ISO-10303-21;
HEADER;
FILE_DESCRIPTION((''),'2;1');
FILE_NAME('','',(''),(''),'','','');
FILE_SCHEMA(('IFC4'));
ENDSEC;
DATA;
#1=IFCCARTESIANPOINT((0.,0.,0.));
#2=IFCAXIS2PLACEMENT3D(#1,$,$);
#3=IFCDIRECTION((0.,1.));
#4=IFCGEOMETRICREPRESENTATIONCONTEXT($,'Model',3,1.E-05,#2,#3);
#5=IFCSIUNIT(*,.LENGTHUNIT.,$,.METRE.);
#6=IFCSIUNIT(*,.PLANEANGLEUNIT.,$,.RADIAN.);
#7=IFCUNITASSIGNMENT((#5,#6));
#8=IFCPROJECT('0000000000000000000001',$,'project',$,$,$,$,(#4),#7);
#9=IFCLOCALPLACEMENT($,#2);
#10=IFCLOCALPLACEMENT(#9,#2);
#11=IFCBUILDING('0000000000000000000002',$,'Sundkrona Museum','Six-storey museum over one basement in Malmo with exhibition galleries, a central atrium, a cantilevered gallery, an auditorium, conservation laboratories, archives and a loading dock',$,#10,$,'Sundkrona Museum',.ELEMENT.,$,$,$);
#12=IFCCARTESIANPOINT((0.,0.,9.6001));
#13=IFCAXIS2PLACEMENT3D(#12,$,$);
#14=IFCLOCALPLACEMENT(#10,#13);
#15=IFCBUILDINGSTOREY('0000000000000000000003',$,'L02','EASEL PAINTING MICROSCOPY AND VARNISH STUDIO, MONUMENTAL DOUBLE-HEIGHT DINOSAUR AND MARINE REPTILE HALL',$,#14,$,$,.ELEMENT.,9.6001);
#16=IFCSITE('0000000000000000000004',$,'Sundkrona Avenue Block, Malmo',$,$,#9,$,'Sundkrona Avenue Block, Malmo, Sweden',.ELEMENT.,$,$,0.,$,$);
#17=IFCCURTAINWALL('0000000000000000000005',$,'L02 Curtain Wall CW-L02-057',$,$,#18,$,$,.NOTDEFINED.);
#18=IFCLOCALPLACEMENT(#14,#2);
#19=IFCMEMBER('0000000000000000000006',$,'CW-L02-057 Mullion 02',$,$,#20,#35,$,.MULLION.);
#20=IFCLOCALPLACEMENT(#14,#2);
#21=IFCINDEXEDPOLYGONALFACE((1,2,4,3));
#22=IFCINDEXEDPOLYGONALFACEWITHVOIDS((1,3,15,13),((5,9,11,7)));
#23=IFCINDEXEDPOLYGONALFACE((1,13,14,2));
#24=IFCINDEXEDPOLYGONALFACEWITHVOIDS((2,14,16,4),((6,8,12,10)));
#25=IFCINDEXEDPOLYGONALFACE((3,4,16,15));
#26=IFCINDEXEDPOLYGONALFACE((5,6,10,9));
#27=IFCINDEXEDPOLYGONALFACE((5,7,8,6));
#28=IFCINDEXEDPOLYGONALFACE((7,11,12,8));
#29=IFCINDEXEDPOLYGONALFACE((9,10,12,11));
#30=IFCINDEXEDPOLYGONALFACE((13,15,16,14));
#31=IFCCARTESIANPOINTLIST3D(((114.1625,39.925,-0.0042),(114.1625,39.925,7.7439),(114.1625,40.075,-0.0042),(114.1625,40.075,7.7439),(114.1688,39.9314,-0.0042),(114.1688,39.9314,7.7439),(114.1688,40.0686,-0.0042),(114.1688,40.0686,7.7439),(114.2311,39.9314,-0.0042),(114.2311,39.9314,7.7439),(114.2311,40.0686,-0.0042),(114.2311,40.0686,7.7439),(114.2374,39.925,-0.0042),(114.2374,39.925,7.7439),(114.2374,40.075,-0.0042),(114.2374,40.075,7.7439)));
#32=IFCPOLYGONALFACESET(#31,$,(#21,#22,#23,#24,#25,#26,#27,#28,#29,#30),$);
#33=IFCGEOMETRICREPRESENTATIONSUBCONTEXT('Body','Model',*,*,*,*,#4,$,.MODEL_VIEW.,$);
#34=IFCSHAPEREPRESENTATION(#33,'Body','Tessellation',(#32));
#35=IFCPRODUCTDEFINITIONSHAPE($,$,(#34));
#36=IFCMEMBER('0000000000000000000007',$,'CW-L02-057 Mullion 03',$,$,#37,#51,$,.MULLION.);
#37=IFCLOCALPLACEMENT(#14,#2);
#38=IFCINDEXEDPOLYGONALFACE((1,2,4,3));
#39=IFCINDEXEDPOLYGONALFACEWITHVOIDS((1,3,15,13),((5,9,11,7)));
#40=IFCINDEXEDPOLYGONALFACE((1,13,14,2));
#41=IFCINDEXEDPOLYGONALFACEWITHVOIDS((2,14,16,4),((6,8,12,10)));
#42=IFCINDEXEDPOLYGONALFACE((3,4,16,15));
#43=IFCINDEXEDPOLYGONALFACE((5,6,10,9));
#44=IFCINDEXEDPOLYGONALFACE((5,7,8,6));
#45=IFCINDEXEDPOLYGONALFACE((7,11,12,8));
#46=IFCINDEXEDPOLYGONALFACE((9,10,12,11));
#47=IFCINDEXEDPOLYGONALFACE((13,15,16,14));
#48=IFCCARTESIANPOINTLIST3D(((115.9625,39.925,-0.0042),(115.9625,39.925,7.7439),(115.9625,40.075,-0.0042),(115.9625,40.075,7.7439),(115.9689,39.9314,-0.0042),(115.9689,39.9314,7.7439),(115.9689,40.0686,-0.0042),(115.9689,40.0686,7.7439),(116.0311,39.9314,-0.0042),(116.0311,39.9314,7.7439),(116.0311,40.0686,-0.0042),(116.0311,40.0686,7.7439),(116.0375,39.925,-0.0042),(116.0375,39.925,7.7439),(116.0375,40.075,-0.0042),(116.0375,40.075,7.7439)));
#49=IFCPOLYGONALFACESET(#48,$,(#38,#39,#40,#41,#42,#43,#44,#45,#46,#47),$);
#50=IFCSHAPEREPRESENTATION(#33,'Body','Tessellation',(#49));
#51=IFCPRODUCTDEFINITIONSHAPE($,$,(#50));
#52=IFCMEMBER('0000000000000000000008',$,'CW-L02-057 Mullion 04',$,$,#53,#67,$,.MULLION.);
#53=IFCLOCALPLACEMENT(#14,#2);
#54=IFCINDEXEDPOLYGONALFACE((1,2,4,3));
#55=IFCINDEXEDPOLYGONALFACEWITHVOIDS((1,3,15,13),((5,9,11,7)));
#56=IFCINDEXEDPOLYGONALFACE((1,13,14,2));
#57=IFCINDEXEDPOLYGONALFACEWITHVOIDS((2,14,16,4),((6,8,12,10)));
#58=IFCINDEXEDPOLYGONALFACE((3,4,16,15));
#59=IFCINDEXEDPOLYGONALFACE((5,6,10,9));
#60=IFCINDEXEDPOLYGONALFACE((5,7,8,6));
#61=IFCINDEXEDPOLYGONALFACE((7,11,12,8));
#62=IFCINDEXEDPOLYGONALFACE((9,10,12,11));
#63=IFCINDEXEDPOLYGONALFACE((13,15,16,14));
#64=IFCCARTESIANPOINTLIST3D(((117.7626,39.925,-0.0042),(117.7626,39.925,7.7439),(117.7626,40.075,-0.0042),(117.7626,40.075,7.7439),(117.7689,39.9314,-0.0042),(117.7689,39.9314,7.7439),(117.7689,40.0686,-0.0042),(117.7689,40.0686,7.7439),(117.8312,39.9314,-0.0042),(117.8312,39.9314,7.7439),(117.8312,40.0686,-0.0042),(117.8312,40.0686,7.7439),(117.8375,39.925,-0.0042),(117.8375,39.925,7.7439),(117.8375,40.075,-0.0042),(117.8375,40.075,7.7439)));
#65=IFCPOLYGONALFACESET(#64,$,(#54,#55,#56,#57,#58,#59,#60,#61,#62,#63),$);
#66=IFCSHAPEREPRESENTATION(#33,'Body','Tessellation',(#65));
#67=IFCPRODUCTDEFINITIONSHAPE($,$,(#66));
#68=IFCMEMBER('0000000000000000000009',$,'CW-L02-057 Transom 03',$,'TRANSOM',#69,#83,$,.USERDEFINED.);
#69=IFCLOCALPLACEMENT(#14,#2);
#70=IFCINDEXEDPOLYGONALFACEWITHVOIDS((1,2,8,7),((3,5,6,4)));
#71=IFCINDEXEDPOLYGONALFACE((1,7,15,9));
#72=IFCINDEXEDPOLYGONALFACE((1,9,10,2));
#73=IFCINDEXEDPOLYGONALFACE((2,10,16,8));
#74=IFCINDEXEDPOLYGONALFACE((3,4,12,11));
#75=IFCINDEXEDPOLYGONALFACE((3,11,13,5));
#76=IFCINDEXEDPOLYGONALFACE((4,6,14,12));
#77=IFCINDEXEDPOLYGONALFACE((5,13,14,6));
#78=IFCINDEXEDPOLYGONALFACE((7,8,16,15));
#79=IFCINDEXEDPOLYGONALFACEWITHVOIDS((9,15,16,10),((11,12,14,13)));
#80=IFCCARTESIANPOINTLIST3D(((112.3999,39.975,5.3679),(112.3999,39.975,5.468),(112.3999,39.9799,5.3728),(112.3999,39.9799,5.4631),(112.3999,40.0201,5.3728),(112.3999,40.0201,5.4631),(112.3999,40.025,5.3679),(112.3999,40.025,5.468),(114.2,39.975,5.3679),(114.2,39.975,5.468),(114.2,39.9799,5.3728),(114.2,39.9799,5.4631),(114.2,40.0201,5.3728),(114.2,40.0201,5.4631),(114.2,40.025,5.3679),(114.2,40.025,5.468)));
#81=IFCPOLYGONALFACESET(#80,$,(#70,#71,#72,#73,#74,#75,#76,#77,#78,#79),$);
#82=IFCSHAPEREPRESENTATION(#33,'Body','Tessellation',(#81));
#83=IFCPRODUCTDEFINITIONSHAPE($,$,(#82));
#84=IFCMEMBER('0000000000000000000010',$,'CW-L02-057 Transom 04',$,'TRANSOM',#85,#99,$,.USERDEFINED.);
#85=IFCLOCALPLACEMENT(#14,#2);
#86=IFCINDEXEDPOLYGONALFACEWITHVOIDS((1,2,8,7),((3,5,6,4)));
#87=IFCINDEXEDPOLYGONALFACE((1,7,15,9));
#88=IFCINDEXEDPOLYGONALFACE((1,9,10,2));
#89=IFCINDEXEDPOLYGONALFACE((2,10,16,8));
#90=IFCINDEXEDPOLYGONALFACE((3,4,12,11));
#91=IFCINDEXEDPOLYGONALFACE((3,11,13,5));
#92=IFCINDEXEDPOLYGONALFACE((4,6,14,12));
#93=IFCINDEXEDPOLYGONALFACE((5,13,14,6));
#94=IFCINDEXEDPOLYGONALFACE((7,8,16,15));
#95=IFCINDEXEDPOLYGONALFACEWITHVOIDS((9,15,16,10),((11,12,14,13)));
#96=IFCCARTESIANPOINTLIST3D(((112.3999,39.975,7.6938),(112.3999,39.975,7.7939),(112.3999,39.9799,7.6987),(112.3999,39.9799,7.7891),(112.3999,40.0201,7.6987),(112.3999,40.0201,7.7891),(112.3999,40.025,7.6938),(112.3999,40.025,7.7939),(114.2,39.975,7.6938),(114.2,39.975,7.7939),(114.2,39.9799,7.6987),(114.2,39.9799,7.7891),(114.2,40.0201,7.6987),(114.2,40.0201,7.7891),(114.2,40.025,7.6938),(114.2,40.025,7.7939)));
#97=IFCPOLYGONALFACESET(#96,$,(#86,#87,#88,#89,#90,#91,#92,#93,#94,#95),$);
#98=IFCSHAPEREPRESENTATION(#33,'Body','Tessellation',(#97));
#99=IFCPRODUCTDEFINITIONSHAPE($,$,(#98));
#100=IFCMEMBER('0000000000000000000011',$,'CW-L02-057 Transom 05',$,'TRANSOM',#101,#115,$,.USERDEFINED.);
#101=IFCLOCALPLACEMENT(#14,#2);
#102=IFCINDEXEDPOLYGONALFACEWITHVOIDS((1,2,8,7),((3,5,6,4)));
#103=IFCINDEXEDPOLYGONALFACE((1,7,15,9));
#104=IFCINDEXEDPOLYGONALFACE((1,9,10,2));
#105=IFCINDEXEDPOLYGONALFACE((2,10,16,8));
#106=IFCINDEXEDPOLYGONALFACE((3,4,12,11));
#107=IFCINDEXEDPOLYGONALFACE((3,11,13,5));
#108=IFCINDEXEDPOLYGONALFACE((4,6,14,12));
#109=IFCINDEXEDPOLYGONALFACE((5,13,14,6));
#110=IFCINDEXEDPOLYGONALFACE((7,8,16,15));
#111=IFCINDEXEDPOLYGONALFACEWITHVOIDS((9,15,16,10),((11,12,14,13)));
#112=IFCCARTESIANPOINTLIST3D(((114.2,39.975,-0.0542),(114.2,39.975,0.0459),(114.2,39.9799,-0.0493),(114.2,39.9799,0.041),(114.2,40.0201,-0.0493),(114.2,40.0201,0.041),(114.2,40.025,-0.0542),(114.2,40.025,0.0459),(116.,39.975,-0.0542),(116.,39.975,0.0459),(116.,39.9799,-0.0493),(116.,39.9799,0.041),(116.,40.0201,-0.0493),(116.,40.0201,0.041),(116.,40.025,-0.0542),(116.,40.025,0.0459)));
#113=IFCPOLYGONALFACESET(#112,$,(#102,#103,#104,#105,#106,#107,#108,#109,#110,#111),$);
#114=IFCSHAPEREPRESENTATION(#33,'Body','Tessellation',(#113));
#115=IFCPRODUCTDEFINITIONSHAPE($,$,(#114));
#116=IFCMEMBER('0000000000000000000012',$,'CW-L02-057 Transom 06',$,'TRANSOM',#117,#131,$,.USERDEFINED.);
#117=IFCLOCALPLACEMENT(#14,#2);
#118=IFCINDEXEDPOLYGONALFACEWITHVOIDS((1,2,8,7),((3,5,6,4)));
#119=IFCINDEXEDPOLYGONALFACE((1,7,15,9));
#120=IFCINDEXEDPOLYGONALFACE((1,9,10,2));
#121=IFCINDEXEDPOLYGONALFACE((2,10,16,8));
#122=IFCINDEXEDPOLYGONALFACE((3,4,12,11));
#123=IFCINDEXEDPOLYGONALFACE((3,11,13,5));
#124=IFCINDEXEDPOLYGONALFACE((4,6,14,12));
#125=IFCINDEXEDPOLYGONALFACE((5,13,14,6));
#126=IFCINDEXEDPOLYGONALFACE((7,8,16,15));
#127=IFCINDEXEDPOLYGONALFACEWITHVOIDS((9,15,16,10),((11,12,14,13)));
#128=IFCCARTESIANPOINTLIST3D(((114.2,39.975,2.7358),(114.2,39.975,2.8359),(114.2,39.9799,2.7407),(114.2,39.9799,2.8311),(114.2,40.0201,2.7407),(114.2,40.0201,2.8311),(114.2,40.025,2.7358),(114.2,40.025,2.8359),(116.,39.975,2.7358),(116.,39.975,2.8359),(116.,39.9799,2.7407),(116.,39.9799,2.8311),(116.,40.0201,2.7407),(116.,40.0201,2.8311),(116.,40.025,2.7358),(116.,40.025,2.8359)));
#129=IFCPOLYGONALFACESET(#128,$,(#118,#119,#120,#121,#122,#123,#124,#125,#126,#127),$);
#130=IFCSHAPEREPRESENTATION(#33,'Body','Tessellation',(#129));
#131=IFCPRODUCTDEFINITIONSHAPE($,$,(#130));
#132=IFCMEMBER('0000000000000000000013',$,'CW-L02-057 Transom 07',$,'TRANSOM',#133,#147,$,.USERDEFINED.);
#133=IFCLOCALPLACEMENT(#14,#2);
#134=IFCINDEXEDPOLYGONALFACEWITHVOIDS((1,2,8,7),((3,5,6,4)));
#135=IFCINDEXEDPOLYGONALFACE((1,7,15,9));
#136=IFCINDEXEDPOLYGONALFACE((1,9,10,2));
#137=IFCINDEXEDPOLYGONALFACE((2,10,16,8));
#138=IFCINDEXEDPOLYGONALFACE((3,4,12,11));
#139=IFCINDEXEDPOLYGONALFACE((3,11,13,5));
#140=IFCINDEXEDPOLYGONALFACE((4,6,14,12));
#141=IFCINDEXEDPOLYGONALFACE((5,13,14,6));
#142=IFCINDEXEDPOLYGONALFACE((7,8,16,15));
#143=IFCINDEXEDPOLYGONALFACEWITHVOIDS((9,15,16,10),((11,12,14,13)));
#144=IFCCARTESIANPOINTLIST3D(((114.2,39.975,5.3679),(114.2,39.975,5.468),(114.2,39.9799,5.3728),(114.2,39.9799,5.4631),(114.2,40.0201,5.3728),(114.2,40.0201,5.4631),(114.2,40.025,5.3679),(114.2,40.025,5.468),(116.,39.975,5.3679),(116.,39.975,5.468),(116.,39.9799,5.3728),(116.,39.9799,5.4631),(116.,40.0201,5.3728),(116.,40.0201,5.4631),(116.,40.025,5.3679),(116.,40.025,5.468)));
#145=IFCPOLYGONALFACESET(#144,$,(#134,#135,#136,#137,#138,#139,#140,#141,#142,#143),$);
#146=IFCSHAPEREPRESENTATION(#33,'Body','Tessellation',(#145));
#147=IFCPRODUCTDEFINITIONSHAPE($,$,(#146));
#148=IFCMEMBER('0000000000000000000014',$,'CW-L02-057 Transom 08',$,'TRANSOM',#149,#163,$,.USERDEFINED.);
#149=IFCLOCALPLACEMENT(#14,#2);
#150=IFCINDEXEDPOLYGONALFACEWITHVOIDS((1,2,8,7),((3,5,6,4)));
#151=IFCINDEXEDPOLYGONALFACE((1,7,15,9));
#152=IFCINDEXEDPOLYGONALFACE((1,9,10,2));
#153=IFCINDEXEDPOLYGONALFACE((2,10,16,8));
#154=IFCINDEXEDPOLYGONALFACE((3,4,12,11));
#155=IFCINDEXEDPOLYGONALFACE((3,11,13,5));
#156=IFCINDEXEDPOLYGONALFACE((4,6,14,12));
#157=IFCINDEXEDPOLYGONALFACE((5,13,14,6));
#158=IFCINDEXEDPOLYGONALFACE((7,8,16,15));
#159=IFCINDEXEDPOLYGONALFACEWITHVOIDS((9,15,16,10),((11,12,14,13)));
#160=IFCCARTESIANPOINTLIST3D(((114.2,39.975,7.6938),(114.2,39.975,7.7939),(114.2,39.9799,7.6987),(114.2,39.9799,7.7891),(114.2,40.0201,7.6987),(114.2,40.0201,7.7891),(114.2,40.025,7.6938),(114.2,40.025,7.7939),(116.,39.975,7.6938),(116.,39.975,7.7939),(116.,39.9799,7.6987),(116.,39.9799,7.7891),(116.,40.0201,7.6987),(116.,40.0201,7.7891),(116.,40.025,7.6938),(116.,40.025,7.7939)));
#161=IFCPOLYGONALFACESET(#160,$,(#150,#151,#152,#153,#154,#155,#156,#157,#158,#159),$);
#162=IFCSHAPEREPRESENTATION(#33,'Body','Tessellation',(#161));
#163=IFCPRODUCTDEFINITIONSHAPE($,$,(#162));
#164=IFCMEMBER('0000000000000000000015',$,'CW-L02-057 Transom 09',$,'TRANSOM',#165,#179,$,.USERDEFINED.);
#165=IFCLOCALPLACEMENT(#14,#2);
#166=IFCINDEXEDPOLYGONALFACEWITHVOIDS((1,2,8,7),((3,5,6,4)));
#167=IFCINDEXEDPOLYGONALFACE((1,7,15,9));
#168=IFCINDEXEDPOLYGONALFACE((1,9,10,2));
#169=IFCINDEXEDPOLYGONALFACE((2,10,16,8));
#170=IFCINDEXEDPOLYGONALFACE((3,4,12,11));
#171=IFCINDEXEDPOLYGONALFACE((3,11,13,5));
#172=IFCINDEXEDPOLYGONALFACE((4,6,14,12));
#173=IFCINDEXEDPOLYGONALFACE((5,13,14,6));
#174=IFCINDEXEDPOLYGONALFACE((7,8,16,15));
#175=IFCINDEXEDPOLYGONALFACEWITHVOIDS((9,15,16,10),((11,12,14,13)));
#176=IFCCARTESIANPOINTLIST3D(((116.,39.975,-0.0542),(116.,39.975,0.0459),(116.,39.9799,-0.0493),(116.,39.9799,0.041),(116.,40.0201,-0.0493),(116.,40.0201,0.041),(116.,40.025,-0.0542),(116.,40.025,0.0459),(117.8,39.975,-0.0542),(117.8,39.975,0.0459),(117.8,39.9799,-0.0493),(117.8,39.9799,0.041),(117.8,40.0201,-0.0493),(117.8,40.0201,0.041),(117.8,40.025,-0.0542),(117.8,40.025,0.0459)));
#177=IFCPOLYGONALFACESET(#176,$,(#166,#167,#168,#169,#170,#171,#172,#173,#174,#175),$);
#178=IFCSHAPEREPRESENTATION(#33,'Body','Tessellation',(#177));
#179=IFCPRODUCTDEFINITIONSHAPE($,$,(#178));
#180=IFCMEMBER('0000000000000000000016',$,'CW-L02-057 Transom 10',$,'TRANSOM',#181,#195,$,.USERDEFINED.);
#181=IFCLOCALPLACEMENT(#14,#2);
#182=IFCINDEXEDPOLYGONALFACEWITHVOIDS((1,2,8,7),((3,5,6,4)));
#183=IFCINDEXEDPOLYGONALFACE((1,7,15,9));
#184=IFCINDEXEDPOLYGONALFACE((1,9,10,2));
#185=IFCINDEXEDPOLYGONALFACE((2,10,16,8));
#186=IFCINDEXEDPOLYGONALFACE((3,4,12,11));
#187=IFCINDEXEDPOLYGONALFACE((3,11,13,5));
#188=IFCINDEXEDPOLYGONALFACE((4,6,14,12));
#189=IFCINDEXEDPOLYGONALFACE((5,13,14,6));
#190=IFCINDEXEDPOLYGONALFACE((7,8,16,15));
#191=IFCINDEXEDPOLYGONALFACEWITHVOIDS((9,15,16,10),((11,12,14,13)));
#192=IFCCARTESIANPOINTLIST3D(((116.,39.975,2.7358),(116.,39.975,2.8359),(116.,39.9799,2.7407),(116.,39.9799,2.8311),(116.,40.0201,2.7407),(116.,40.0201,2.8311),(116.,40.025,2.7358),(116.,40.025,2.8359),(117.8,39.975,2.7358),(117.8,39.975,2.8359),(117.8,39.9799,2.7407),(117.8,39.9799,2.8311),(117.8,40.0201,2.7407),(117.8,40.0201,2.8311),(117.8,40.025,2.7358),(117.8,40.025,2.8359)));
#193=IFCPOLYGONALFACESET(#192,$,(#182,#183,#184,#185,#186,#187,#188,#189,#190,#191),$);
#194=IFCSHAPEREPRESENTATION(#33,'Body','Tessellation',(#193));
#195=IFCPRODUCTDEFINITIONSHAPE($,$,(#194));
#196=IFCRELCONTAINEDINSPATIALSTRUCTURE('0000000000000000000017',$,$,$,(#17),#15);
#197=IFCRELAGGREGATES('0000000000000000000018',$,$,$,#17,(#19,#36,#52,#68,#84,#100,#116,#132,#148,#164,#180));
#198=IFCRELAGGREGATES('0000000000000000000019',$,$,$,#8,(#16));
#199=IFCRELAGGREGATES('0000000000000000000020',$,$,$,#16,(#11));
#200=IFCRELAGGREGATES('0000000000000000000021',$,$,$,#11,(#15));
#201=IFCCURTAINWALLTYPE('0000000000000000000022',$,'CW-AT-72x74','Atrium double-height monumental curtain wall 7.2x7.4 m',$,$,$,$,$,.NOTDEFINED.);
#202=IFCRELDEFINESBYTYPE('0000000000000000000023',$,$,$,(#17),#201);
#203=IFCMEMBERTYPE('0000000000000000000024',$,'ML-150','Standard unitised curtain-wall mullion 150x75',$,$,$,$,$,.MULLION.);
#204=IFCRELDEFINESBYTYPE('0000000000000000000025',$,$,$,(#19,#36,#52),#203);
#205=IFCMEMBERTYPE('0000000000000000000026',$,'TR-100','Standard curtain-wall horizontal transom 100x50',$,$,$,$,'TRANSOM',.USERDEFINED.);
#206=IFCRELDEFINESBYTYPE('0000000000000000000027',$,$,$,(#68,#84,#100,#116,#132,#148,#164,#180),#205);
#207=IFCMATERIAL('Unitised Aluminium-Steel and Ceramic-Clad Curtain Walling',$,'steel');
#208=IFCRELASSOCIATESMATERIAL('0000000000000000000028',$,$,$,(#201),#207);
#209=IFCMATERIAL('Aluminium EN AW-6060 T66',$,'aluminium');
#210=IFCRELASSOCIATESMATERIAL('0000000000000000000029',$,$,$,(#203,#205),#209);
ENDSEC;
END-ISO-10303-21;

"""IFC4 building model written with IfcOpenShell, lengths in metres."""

from ifc_helpers import new_model, si_unit, direction, frame, origin, origin_2d, place, context, subcontext, project, spatial, hollow_rectangle, extrude, material, material_profile, profile_set, type_object, element, aggregate, save


model = new_model("IFC4")

# Units and contexts
model_context = context("Model", 3, precision=1e-05, world=origin(), true_north=direction((0.0, 1.0)))
body_context = subcontext(model_context, "Body", "Model", "MODEL_VIEW")
ifc_project = project(units=[si_unit("LENGTHUNIT", "METRE"), si_unit("PLANEANGLEUNIT", "RADIAN")], contexts=[model_context])

# Site, building, storey
site_placement = place(None, origin())
site = spatial("IfcSite", under=ifc_project, at=site_placement, Name="Sundkrona Avenue Block, Malmo", LongName="Sundkrona Avenue Block, Malmo, Sweden", CompositionType="ELEMENT", RefElevation=0.0)
building_placement = place(site_placement, origin())
building = spatial("IfcBuilding", under=site, at=building_placement, Name="Sundkrona Museum", Description="Six-storey museum over one basement in Malmo with exhibition galleries, a central atrium, a cantilevered gallery, an auditorium, conservation laboratories, archives and a loading dock", LongName="Sundkrona Museum", CompositionType="ELEMENT")
storey_placement = place(building_placement, frame((0.0, 0.0, 9.6001)))
storey = spatial("IfcBuildingStorey", under=building, at=storey_placement, Name="L02", Description="EASEL PAINTING MICROSCOPY AND VARNISH STUDIO, MONUMENTAL DOUBLE-HEIGHT DINOSAUR AND MARINE REPTILE HALL", CompositionType="ELEMENT", Elevation=9.6001)

# Curtain wall, members
ifc_material_1 = material(Name="Unitised Aluminium-Steel and Ceramic-Clad Curtain Walling", Category="steel")
curtain_wall_type = type_object("IfcCurtainWallType", Name="CW-AT-72x74", Description="Atrium double-height monumental curtain wall 7.2x7.4 m", PredefinedType="NOTDEFINED", material=ifc_material_1)
curtain_wall_placement = place(storey_placement, origin())
curtain_wall = element("IfcCurtainWall", 1, at=curtain_wall_placement, inside=storey, type_object=curtain_wall_type, Name="L02 Curtain Wall CW-L02-057", PredefinedType="NOTDEFINED")
ifc_material_2 = material(Name="Aluminium EN AW-6060 T66", Category="aluminium")
ifc_material_profile_1 = material_profile(ifc_material_2, hollow_rectangle(XDim=0.075, YDim=0.1499, WallThickness=0.0063, at=origin_2d()), Name="RHS 150x75x6.3")
ifc_profile_set_1 = profile_set([ifc_material_profile_1], Name="Aluminium EN AW-6060 T66")
member_type_1 = type_object("IfcMemberType", Name="ML-150", Description="Standard unitised curtain-wall mullion 150x75", PredefinedType="MULLION", material=ifc_profile_set_1)
member_1_placement = place(storey_placement, frame((114.2, 40.0, -0.0042), z_axis=(0.0, 0.0, 1.0), x_axis=(1.0, 0.0, 0.0)))
member_1 = element("IfcMember", 2, at=member_1_placement, type_object=member_type_1, Name="CW-L02-057 Mullion 02", PredefinedType="MULLION", context=body_context, shape_type="SweptSolid", body=[
    extrude(hollow_rectangle(XDim=0.075, YDim=0.1499, WallThickness=0.0063, at=origin_2d()), origin(), (0.0, 0.0, 1.0), 7.748),
])
member_2_placement = place(storey_placement, frame((116.0, 40.0, -0.0042), z_axis=(0.0, 0.0, 1.0), x_axis=(1.0, 0.0, 0.0)))
member_2 = element("IfcMember", 3, at=member_2_placement, type_object=member_type_1, Name="CW-L02-057 Mullion 03", PredefinedType="MULLION", context=body_context, shape_type="SweptSolid", body=[
    extrude(hollow_rectangle(XDim=0.075, YDim=0.1499, WallThickness=0.0063, at=origin_2d()), origin(), (0.0, 0.0, 1.0), 7.748),
])
member_3_placement = place(storey_placement, frame((117.8, 40.0, -0.0042), z_axis=(0.0, 0.0, 1.0), x_axis=(1.0, 0.0, 0.0)))
member_3 = element("IfcMember", 4, at=member_3_placement, type_object=member_type_1, Name="CW-L02-057 Mullion 04", PredefinedType="MULLION", context=body_context, shape_type="SweptSolid", body=[
    extrude(hollow_rectangle(XDim=0.075, YDim=0.1499, WallThickness=0.0063, at=origin_2d()), origin(), (0.0, 0.0, 1.0), 7.748),
])
ifc_material_profile_2 = material_profile(ifc_material_2, hollow_rectangle(XDim=0.05, YDim=0.1001, WallThickness=0.0049, at=origin_2d()), Name="RHS 100x50x5.0")
ifc_profile_set_2 = profile_set([ifc_material_profile_2], Name="Aluminium EN AW-6060 T66")
member_type_2 = type_object("IfcMemberType", Name="TR-100", Description="Standard curtain-wall horizontal transom 100x50", ElementType="TRANSOM", PredefinedType="USERDEFINED", material=ifc_profile_set_2)
member_4_placement = place(storey_placement, frame((112.3999, 40.0, 5.418), z_axis=(1.0, 0.0, 0.0), x_axis=(0.0, 1.0, 0.0)))
member_4 = element("IfcMember", 5, at=member_4_placement, type_object=member_type_2, Name="CW-L02-057 Transom 03", ObjectType="TRANSOM", PredefinedType="USERDEFINED", context=body_context, shape_type="SweptSolid", body=[
    extrude(hollow_rectangle(XDim=0.05, YDim=0.1001, WallThickness=0.0049, at=origin_2d()), origin(), (0.0, 0.0, 1.0), 1.8),
])
member_5_placement = place(storey_placement, frame((112.3999, 40.0, 7.7439), z_axis=(1.0, 0.0, 0.0), x_axis=(0.0, 1.0, 0.0)))
member_5 = element("IfcMember", 6, at=member_5_placement, type_object=member_type_2, Name="CW-L02-057 Transom 04", ObjectType="TRANSOM", PredefinedType="USERDEFINED", context=body_context, shape_type="SweptSolid", body=[
    extrude(hollow_rectangle(XDim=0.05, YDim=0.1001, WallThickness=0.0049, at=origin_2d()), origin(), (0.0, 0.0, 1.0), 1.8),
])
member_6_placement = place(storey_placement, frame((114.2, 40.0, -0.0042), z_axis=(1.0, 0.0, 0.0), x_axis=(0.0, 1.0, 0.0)))
member_6 = element("IfcMember", 7, at=member_6_placement, type_object=member_type_2, Name="CW-L02-057 Transom 05", ObjectType="TRANSOM", PredefinedType="USERDEFINED", context=body_context, shape_type="SweptSolid", body=[
    extrude(hollow_rectangle(XDim=0.05, YDim=0.1001, WallThickness=0.0049, at=origin_2d()), origin(), (0.0, 0.0, 1.0), 1.8),
])
member_7_placement = place(storey_placement, frame((114.2, 40.0, 2.7859), z_axis=(1.0, 0.0, 0.0), x_axis=(0.0, 1.0, 0.0)))
member_7 = element("IfcMember", 8, at=member_7_placement, type_object=member_type_2, Name="CW-L02-057 Transom 06", ObjectType="TRANSOM", PredefinedType="USERDEFINED", context=body_context, shape_type="SweptSolid", body=[
    extrude(hollow_rectangle(XDim=0.05, YDim=0.1001, WallThickness=0.0049, at=origin_2d()), origin(), (0.0, 0.0, 1.0), 1.8),
])
member_8_placement = place(storey_placement, frame((114.2, 40.0, 5.418), z_axis=(1.0, 0.0, 0.0), x_axis=(0.0, 1.0, 0.0)))
member_8 = element("IfcMember", 9, at=member_8_placement, type_object=member_type_2, Name="CW-L02-057 Transom 07", ObjectType="TRANSOM", PredefinedType="USERDEFINED", context=body_context, shape_type="SweptSolid", body=[
    extrude(hollow_rectangle(XDim=0.05, YDim=0.1001, WallThickness=0.0049, at=origin_2d()), origin(), (0.0, 0.0, 1.0), 1.8),
])
member_9_placement = place(storey_placement, frame((114.2, 40.0, 7.7439), z_axis=(1.0, 0.0, 0.0), x_axis=(0.0, 1.0, 0.0)))
member_9 = element("IfcMember", 10, at=member_9_placement, type_object=member_type_2, Name="CW-L02-057 Transom 08", ObjectType="TRANSOM", PredefinedType="USERDEFINED", context=body_context, shape_type="SweptSolid", body=[
    extrude(hollow_rectangle(XDim=0.05, YDim=0.1001, WallThickness=0.0049, at=origin_2d()), origin(), (0.0, 0.0, 1.0), 1.8),
])
member_10_placement = place(storey_placement, frame((116.0, 40.0, -0.0042), z_axis=(1.0, 0.0, 0.0), x_axis=(0.0, 1.0, 0.0)))
member_10 = element("IfcMember", 11, at=member_10_placement, type_object=member_type_2, Name="CW-L02-057 Transom 09", ObjectType="TRANSOM", PredefinedType="USERDEFINED", context=body_context, shape_type="SweptSolid", body=[
    extrude(hollow_rectangle(XDim=0.05, YDim=0.1001, WallThickness=0.0049, at=origin_2d()), origin(), (0.0, 0.0, 1.0), 1.8),
])
member_11_placement = place(storey_placement, frame((116.0, 40.0, 2.7859), z_axis=(1.0, 0.0, 0.0), x_axis=(0.0, 1.0, 0.0)))
member_11 = element("IfcMember", 12, at=member_11_placement, type_object=member_type_2, Name="CW-L02-057 Transom 10", ObjectType="TRANSOM", PredefinedType="USERDEFINED", context=body_context, shape_type="SweptSolid", body=[
    extrude(hollow_rectangle(XDim=0.05, YDim=0.1001, WallThickness=0.0049, at=origin_2d()), origin(), (0.0, 0.0, 1.0), 1.8),
])
aggregate(curtain_wall, [member_1, member_2, member_3, member_4, member_5, member_6, member_7, member_8, member_9, member_10, member_11])

save(model, "model.ifc")
